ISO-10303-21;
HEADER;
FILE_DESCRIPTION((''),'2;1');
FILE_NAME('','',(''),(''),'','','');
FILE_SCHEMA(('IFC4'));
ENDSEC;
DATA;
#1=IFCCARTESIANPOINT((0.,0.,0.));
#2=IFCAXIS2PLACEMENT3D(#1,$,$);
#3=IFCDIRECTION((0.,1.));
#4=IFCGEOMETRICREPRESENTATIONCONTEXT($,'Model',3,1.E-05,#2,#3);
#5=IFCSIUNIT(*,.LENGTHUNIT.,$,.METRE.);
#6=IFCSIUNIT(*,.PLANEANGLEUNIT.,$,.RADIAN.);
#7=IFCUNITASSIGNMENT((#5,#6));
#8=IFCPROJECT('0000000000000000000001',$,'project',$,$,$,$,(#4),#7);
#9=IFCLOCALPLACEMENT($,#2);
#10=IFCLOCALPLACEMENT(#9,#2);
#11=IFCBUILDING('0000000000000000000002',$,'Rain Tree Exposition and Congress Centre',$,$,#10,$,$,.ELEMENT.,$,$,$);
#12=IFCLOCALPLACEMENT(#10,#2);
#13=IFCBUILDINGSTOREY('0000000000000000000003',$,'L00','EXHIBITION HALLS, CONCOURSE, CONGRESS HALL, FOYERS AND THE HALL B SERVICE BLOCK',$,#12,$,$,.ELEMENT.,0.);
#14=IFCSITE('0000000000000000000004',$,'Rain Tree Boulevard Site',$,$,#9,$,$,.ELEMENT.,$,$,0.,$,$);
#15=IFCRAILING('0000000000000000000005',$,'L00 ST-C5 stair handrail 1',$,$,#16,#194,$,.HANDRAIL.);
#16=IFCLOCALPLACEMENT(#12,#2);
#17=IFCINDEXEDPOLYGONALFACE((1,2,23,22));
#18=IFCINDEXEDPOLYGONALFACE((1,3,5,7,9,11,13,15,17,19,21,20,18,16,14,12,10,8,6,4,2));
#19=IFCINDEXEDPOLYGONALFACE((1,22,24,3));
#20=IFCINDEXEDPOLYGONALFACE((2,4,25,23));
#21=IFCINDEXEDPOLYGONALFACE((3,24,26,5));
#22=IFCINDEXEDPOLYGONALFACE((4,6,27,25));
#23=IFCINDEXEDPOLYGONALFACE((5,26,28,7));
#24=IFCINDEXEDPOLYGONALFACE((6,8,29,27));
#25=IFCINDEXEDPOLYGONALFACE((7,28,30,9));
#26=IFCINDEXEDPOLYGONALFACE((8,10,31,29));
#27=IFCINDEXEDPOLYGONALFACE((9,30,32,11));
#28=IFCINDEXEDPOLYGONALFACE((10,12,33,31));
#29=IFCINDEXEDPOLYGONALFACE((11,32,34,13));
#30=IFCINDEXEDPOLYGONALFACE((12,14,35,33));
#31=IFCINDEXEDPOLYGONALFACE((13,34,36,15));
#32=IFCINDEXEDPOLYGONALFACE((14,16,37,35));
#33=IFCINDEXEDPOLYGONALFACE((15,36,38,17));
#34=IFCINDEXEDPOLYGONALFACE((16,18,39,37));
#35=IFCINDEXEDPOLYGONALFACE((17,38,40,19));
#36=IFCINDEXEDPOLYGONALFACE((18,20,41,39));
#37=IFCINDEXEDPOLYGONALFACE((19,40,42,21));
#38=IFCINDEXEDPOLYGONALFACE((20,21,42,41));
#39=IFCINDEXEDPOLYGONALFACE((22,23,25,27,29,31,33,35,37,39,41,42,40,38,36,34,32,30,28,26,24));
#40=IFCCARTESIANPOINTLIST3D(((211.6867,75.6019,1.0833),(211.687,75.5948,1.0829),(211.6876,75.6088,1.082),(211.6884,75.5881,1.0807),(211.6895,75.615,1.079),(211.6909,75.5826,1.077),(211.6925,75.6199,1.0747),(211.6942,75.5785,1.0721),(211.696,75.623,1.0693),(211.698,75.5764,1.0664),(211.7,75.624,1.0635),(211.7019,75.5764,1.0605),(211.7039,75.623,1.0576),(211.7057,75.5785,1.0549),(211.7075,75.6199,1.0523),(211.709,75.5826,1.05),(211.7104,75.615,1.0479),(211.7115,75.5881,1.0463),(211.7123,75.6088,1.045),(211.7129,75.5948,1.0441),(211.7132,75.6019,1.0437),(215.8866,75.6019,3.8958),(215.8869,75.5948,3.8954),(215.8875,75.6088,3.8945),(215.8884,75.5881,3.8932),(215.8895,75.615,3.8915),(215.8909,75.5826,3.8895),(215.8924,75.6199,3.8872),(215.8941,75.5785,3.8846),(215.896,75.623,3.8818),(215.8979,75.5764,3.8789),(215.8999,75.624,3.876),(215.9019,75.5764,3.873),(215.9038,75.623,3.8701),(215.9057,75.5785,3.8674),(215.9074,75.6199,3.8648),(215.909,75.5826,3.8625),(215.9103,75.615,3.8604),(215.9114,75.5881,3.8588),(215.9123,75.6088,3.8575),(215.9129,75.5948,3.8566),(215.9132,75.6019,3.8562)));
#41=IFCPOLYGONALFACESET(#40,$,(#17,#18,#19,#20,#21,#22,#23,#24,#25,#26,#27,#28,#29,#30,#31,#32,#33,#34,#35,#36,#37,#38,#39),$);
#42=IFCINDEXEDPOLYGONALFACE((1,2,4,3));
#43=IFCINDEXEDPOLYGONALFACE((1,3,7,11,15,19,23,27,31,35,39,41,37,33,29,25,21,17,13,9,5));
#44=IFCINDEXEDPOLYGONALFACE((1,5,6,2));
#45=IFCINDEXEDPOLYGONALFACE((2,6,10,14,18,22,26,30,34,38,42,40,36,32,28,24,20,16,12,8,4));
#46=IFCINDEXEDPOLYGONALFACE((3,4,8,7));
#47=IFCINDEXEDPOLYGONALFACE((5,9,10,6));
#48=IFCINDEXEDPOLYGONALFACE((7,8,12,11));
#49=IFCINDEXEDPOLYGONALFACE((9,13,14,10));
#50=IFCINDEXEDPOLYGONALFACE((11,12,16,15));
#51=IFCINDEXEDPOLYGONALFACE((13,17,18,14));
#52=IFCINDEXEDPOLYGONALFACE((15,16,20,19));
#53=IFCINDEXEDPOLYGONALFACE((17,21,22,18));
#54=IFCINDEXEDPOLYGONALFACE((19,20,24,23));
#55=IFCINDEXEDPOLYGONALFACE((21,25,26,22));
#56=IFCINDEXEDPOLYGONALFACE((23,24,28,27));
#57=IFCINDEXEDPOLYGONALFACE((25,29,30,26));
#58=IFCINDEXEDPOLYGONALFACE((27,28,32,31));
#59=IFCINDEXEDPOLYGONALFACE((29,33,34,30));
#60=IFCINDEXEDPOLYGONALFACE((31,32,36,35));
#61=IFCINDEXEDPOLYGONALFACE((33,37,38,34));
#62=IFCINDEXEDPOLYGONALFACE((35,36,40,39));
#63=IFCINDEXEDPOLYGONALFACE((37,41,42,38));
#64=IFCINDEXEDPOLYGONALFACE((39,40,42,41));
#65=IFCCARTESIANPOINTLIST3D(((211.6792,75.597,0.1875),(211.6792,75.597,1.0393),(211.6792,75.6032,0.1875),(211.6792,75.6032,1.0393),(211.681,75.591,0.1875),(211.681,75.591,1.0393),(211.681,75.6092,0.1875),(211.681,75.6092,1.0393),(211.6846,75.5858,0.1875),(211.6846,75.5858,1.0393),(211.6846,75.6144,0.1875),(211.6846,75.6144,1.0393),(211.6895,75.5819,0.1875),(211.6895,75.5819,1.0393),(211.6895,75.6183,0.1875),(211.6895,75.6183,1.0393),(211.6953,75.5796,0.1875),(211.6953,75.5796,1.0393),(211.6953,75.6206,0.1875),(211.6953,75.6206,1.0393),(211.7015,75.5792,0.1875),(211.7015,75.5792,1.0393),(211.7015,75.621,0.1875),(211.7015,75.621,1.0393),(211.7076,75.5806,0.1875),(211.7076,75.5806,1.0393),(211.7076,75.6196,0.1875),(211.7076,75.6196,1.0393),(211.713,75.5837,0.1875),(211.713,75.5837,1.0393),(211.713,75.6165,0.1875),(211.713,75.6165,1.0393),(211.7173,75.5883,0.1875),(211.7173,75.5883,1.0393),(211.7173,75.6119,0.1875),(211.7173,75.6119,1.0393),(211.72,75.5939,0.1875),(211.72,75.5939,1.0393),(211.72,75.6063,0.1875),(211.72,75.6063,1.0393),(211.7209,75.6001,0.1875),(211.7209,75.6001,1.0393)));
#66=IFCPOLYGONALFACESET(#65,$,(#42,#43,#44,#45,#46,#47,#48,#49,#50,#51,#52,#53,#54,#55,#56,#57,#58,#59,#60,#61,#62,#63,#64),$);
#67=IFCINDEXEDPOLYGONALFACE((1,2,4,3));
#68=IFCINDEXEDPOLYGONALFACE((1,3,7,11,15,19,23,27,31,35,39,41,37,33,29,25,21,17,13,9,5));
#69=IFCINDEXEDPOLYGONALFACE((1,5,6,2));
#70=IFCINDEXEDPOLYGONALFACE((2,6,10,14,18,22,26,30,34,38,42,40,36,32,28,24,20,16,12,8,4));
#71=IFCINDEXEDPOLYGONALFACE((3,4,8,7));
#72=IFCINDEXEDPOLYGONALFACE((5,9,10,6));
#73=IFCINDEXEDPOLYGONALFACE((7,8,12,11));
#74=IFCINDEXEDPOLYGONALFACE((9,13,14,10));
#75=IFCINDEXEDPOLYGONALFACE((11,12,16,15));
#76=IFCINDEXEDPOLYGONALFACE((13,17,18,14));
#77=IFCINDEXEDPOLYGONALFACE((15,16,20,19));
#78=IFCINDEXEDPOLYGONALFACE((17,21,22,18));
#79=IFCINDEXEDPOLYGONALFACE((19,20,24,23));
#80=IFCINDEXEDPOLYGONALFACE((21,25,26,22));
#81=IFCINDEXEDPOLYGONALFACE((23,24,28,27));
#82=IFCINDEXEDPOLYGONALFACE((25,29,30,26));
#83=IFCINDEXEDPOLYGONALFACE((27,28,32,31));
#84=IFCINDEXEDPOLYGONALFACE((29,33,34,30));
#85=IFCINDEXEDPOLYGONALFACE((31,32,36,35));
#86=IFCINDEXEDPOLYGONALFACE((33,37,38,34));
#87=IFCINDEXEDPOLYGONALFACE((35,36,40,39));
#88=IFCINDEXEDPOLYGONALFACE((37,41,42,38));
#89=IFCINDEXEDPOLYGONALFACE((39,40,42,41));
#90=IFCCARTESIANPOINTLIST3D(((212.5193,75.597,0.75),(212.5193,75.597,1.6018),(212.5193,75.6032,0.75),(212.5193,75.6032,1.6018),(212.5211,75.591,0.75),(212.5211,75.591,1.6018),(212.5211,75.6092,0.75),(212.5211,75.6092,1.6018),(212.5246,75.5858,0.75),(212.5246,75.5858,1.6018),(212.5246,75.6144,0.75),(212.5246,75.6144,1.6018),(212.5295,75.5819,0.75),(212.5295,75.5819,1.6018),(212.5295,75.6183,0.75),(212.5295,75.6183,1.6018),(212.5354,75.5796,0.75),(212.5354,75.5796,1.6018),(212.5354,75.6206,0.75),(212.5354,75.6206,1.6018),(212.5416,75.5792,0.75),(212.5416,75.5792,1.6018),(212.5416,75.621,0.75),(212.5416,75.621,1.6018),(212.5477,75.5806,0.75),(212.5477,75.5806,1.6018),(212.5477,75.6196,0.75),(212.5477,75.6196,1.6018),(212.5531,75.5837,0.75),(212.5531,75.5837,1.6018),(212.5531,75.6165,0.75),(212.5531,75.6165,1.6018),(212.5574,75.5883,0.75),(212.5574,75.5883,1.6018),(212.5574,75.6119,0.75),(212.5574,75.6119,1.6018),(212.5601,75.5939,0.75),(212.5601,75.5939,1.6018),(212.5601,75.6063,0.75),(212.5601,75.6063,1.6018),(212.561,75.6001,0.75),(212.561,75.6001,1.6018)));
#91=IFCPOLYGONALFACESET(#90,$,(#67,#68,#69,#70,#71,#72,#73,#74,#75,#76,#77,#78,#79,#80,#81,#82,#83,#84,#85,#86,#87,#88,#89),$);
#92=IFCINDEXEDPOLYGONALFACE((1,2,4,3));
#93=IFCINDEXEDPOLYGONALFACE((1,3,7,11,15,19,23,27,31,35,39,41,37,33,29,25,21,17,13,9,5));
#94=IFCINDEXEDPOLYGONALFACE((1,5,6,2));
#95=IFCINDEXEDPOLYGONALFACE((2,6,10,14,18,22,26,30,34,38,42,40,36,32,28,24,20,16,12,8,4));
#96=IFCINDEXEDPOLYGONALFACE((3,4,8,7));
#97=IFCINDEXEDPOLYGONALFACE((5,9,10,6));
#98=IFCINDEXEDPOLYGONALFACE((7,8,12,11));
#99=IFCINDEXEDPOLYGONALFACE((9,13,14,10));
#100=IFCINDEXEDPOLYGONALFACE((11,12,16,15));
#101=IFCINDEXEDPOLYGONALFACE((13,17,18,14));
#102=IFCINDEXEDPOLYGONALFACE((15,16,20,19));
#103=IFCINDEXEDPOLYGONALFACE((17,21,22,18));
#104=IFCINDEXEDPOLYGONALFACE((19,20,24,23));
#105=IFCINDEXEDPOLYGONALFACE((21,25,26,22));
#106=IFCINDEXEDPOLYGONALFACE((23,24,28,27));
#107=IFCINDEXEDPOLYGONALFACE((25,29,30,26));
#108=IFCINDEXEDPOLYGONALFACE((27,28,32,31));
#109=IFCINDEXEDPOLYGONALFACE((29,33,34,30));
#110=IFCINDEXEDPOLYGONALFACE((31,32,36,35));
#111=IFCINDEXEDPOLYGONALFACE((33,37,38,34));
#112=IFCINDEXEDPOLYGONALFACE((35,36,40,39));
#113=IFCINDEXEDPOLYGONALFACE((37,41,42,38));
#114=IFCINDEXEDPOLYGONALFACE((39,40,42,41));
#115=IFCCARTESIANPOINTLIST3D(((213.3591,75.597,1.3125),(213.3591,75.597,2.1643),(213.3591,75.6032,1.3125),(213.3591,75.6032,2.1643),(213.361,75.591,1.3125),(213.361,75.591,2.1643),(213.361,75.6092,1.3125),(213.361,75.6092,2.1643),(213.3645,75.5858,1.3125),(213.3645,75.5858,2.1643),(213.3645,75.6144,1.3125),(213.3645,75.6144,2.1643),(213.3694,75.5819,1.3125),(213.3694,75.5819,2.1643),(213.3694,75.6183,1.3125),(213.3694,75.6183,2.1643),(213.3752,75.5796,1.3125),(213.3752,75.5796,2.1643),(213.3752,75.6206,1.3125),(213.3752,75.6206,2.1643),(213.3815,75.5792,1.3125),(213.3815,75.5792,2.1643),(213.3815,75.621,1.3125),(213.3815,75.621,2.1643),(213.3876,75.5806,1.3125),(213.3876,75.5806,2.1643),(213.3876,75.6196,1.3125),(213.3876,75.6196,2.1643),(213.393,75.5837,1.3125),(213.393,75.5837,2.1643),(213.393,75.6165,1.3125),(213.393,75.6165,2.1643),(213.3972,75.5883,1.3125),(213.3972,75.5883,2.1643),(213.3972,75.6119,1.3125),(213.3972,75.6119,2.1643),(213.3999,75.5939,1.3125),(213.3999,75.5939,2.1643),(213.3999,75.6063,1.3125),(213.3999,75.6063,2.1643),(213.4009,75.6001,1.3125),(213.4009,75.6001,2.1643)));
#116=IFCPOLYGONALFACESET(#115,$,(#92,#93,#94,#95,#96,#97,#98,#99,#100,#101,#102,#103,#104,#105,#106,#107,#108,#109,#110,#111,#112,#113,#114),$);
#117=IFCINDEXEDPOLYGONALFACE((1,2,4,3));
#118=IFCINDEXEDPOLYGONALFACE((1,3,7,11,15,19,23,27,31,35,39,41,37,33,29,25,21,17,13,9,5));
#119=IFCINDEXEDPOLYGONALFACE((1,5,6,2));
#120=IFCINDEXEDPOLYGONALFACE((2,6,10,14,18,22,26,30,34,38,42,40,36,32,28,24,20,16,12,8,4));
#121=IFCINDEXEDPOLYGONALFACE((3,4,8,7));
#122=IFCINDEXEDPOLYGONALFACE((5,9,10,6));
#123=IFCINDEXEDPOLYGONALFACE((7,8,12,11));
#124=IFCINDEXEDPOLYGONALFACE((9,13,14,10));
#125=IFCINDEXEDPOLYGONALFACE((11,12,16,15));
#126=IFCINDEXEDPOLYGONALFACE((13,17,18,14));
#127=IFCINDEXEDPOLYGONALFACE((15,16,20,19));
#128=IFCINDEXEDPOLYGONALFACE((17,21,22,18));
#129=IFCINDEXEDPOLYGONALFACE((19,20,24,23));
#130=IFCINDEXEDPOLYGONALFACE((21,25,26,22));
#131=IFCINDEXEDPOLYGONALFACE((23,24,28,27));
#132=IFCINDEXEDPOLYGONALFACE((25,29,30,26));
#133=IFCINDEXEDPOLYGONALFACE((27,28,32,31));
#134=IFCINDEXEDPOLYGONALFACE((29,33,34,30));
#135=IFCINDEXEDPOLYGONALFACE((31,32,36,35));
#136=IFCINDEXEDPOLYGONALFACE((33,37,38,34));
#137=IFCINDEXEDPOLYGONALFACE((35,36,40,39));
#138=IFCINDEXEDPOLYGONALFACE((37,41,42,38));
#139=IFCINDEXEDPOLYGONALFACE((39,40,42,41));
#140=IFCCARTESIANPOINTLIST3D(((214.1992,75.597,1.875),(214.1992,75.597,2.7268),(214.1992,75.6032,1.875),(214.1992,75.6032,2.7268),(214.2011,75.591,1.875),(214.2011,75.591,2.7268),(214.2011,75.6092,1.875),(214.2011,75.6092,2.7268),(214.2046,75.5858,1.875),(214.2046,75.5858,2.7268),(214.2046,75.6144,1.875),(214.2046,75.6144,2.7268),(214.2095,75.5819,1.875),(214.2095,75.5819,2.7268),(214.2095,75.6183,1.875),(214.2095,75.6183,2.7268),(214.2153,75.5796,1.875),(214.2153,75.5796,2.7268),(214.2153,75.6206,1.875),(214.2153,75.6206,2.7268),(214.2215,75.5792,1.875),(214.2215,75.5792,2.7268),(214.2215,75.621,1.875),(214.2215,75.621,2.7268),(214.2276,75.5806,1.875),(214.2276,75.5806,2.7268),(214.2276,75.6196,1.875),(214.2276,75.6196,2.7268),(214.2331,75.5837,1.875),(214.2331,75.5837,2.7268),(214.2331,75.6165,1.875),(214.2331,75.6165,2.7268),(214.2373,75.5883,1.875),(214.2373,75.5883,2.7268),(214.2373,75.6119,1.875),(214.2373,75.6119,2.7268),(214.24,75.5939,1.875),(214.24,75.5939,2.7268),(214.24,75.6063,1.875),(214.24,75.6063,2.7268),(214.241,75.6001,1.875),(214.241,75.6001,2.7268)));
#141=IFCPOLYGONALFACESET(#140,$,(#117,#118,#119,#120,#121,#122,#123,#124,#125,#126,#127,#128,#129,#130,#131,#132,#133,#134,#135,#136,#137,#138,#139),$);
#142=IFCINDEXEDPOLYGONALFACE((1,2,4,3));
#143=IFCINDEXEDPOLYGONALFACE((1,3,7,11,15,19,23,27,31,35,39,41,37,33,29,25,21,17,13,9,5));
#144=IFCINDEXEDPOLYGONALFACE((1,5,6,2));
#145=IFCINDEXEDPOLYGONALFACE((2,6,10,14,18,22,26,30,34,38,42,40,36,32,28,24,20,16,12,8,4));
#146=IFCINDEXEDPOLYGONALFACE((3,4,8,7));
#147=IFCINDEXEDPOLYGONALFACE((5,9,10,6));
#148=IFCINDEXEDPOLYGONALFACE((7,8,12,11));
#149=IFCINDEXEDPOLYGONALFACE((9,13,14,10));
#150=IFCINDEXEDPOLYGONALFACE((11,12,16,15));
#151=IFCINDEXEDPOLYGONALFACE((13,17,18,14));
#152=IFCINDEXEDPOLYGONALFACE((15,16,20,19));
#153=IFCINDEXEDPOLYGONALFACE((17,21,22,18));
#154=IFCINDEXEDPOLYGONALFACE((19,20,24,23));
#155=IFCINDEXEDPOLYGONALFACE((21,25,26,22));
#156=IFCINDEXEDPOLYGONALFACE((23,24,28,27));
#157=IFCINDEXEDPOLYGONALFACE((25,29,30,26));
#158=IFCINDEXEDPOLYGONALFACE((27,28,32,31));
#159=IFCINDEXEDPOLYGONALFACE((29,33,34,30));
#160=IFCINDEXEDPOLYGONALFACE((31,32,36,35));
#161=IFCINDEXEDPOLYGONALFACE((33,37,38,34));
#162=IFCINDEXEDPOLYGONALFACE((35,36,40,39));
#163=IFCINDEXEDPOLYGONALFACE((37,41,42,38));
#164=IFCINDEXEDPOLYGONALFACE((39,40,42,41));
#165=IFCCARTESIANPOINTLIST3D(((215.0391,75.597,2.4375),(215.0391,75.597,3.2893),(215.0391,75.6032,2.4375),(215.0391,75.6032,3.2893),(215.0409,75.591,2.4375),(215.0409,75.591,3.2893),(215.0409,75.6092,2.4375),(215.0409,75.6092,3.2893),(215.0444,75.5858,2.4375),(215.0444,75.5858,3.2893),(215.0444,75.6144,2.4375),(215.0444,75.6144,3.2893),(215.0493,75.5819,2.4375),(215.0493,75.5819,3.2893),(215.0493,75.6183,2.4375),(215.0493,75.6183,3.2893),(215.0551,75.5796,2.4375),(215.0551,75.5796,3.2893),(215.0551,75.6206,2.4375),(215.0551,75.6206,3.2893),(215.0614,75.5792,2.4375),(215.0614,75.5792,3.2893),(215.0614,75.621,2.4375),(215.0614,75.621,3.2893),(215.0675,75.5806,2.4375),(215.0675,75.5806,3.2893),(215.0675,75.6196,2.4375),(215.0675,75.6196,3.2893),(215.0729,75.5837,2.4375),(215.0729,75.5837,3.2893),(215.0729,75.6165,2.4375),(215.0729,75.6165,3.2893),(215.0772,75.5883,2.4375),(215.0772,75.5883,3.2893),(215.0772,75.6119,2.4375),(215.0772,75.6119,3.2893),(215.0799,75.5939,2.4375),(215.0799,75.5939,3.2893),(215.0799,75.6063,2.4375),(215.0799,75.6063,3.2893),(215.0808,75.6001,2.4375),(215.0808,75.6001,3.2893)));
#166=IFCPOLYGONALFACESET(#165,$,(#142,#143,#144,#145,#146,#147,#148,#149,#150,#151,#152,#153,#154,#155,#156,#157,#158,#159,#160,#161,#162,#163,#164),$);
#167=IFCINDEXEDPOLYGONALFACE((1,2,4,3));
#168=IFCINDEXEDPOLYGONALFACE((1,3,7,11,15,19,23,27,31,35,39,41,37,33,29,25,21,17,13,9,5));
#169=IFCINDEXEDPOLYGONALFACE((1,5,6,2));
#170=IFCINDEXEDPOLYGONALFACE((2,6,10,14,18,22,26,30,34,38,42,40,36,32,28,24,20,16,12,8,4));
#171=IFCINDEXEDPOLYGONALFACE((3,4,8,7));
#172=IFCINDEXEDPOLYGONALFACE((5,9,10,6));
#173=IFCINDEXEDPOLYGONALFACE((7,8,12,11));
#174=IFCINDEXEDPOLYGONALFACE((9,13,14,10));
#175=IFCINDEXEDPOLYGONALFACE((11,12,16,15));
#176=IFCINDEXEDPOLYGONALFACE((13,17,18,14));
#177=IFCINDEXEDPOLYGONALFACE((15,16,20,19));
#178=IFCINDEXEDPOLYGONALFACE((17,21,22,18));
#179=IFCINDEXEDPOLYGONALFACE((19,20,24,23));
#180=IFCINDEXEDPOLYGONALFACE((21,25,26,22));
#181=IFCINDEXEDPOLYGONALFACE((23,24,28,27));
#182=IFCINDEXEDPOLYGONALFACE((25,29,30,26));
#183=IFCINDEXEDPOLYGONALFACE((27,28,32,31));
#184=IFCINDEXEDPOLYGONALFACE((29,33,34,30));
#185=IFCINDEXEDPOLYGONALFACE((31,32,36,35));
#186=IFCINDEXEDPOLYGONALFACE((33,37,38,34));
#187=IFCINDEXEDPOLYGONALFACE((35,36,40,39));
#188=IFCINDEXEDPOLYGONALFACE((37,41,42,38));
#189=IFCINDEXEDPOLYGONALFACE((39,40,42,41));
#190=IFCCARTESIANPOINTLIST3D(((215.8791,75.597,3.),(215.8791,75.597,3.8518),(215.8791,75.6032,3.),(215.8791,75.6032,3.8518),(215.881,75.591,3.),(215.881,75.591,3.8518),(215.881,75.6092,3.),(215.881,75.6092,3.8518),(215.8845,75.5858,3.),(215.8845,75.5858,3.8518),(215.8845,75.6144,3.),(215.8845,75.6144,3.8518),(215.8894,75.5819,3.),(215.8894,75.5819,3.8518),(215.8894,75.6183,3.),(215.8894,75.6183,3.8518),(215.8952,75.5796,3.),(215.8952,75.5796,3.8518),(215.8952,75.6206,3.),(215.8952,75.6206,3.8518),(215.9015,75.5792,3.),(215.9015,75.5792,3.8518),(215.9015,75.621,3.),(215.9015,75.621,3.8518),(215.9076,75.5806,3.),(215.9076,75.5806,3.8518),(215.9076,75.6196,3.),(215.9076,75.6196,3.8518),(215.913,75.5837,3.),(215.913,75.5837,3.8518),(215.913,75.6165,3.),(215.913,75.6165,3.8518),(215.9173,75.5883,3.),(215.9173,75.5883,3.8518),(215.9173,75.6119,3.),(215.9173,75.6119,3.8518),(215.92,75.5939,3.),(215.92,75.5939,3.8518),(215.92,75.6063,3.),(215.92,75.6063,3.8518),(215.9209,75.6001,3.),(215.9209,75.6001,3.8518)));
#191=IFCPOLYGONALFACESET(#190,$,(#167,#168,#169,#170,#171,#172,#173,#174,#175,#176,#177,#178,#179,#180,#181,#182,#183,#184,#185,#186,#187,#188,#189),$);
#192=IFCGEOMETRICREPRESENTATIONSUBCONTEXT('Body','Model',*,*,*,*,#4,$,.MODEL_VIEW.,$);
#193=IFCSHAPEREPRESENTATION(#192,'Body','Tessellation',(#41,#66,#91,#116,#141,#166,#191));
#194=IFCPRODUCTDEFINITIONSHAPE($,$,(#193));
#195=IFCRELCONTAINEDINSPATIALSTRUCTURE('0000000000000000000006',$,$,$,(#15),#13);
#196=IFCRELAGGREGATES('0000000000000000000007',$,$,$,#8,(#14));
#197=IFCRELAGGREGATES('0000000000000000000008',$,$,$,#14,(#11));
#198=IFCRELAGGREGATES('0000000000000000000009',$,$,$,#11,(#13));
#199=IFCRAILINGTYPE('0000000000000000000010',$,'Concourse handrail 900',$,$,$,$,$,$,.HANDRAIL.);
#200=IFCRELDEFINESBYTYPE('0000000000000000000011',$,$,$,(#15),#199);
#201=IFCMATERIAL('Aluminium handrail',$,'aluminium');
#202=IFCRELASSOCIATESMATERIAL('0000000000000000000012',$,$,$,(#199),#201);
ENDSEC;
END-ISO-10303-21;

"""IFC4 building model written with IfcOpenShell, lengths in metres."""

from ifc_helpers import new_model, si_unit, direction, frame, origin, origin_2d, place, context, subcontext, project, spatial, circle, extrude, material, type_object, element, save


model = new_model("IFC4")

# Units and contexts
model_context = context("Model", 3, precision=1e-05, world=origin(), true_north=direction((0.0, 1.0)))
body_context = subcontext(model_context, "Body", "Model", "MODEL_VIEW")
ifc_project = project(units=[si_unit("LENGTHUNIT", "METRE"), si_unit("PLANEANGLEUNIT", "RADIAN")], contexts=[model_context])

# Site, building, storey
site_placement = place(None, origin())
site = spatial("IfcSite", under=ifc_project, at=site_placement, Name="Rain Tree Boulevard Site", CompositionType="ELEMENT", RefElevation=0.0)
building_placement = place(site_placement, origin())
building = spatial("IfcBuilding", under=site, at=building_placement, Name="Rain Tree Exposition and Congress Centre", CompositionType="ELEMENT")
storey_placement = place(building_placement, origin())
storey = spatial("IfcBuildingStorey", under=building, at=storey_placement, Name="L00", Description="EXHIBITION HALLS, CONCOURSE, CONGRESS HALL, FOYERS AND THE HALL B SERVICE BLOCK", CompositionType="ELEMENT", Elevation=0.0)

# Railing
ifc_material_1 = material(Name="Aluminium handrail", Category="aluminium")
railing_type_1 = type_object("IfcRailingType", Name="Concourse handrail 900", PredefinedType="HANDRAIL", material=ifc_material_1)
railing_1_placement = place(storey_placement, frame((211.7, 75.6001, 0.1875)))
element("IfcRailing", 1, at=railing_1_placement, inside=storey, type_object=railing_type_1, Name="L00 ST-C5 stair handrail 1", PredefinedType="HANDRAIL", context=body_context, shape_type="SweptSolid", body=[
    extrude(circle(Radius=0.0239, at=origin_2d()), frame((0.0, 0.0, 0.876), z_axis=(0.830904, 0.0, 0.556416), x_axis=(0.0, 1.0, 0.0)), (0.0, 0.0, 1.0), 5.0547),
    extrude(circle(Radius=0.021, at=origin_2d()), origin(), (0.0, 0.0, 1.0), 0.8518),
    extrude(circle(Radius=0.021, at=origin_2d()), frame((0.8401, 0.0, 0.5625)), (0.0, 0.0, 1.0), 0.8518),
    extrude(circle(Radius=0.021, at=origin_2d()), frame((1.6799, 0.0, 1.125)), (0.0, 0.0, 1.0), 0.8518),
    extrude(circle(Radius=0.021, at=origin_2d()), frame((2.52, 0.0, 1.6875)), (0.0, 0.0, 1.0), 0.8518),
    extrude(circle(Radius=0.021, at=origin_2d()), frame((3.3599, 0.0, 2.25)), (0.0, 0.0, 1.0), 0.8518),
    extrude(circle(Radius=0.021, at=origin_2d()), frame((4.2, 0.0, 2.8125)), (0.0, 0.0, 1.0), 0.8518),
])

save(model, "model.ifc")
